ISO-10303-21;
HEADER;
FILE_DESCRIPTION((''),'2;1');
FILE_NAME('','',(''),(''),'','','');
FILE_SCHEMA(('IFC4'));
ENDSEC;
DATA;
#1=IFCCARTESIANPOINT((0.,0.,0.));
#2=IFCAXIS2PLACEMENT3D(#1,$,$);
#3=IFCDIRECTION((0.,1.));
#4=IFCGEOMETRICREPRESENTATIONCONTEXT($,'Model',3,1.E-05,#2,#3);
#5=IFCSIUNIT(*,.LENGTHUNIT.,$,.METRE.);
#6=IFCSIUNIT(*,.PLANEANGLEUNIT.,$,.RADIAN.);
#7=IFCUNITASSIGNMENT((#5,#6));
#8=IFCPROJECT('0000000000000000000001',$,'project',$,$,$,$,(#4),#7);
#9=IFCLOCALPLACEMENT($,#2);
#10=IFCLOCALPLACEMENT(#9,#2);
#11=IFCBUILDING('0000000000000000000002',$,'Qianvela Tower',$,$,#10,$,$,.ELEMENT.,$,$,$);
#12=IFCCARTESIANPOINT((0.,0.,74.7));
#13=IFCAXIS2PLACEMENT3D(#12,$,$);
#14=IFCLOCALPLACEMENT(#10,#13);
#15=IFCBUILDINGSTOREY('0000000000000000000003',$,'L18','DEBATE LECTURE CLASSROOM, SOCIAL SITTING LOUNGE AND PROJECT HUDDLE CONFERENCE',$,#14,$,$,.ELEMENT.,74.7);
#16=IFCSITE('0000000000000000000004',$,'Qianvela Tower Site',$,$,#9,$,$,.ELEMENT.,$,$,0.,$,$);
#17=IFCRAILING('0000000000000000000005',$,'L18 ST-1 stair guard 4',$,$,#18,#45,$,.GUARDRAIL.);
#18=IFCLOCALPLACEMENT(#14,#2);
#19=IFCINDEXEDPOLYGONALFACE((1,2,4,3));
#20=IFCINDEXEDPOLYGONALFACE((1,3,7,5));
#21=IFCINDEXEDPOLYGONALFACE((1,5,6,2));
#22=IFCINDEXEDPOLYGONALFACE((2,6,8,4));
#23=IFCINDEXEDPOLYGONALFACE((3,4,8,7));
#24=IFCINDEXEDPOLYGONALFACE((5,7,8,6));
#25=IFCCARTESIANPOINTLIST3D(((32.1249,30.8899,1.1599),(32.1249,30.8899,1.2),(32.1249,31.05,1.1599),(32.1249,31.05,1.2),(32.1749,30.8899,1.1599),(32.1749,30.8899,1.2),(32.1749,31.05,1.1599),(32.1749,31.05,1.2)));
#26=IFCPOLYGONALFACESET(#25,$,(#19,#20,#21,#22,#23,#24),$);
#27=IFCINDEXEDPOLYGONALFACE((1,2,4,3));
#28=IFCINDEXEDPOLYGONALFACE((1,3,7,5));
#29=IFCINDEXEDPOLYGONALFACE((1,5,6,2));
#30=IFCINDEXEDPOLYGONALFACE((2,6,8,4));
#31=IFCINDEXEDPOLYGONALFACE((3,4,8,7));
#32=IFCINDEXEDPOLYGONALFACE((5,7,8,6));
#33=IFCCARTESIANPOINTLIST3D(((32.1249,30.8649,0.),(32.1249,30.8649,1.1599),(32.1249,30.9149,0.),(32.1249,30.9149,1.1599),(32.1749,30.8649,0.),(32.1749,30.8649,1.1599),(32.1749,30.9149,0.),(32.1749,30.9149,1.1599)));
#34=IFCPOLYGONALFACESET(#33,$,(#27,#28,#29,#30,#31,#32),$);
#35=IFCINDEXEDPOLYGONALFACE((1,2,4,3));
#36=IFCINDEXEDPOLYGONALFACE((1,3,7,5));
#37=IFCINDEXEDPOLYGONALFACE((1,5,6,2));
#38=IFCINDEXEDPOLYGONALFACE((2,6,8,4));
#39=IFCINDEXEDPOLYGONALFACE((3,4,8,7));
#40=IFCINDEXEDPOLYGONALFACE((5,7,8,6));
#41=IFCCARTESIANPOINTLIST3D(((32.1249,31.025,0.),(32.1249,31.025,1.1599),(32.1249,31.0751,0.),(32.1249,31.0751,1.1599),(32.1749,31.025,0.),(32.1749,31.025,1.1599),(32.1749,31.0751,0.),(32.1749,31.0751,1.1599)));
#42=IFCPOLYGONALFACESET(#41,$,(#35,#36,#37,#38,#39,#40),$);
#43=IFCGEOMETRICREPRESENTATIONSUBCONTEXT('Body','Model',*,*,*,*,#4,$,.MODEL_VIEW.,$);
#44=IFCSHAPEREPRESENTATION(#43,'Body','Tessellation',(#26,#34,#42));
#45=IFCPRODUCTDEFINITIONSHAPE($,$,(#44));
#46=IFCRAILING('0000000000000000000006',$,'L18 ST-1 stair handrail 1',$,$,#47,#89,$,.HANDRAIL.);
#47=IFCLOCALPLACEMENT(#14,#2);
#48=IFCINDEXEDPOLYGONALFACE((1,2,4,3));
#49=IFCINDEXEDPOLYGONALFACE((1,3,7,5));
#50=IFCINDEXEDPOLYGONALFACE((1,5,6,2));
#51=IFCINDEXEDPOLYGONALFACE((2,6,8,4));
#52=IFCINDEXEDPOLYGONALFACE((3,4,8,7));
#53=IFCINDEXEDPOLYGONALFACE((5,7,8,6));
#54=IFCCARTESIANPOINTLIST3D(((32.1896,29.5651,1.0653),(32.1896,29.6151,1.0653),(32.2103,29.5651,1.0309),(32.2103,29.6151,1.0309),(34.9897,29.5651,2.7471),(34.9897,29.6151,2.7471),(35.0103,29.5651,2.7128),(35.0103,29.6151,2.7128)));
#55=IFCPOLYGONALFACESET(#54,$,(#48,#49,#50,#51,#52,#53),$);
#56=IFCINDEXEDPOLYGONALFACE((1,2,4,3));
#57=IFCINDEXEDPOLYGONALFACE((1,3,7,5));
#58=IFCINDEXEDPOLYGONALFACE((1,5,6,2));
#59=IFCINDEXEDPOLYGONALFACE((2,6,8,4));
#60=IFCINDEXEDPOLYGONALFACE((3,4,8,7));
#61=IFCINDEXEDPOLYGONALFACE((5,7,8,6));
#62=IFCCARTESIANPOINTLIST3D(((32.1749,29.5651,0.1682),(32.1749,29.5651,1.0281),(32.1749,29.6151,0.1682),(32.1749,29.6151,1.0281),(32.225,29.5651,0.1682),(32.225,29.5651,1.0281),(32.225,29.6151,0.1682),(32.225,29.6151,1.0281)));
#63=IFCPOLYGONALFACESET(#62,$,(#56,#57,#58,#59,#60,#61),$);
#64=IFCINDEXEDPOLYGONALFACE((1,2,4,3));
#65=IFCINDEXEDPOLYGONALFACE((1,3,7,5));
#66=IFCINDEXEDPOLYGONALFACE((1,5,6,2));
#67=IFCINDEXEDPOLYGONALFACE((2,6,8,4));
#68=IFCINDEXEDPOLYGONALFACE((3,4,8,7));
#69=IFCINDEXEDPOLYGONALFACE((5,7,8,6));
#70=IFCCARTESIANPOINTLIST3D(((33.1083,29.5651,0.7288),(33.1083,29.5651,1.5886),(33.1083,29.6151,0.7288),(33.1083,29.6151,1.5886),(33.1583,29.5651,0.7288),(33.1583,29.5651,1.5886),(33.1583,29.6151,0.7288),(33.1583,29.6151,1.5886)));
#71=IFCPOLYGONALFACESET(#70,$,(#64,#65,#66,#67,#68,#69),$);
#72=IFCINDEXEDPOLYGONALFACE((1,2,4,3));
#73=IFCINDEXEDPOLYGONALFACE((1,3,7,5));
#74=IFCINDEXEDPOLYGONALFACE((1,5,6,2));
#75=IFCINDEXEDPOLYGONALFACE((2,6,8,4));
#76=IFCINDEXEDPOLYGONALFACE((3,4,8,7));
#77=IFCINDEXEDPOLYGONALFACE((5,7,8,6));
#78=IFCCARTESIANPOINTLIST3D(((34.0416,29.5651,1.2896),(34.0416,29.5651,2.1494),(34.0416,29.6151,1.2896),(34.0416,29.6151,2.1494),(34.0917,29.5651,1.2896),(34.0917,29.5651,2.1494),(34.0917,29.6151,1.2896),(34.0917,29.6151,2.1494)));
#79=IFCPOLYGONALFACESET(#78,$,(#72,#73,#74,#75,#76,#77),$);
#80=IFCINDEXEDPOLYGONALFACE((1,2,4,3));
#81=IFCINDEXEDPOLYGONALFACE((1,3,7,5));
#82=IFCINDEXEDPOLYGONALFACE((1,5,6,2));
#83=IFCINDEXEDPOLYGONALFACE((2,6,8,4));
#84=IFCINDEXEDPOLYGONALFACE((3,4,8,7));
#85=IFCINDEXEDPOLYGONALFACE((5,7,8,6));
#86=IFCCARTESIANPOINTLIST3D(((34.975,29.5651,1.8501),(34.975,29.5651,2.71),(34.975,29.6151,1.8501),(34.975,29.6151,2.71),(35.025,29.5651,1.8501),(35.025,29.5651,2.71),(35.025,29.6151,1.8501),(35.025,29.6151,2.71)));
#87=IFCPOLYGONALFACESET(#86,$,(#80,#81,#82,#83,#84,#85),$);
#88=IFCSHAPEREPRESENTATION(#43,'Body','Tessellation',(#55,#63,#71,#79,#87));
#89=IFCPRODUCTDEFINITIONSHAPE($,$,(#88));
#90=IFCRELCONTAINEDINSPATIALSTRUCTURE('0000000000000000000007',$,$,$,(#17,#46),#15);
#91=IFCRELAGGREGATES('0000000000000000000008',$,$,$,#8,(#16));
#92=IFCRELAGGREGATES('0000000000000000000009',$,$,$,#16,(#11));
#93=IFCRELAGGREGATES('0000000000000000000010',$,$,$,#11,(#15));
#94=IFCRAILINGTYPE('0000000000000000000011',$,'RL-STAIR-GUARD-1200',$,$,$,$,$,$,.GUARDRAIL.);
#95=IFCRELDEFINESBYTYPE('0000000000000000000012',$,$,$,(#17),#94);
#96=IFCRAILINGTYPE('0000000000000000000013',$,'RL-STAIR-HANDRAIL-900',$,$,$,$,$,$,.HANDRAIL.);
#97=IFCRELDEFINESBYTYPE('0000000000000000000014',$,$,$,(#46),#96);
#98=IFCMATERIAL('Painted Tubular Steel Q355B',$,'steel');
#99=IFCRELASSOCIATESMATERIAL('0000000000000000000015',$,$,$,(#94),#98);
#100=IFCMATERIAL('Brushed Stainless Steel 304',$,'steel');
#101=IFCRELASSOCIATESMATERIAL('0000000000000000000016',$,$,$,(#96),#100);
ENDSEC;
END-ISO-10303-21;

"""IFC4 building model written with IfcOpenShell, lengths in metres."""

from ifc_helpers import new_model, si_unit, direction, frame, origin, origin_2d, place, context, subcontext, project, spatial, rectangle, extrude, material, type_object, element, save


model = new_model("IFC4")

# Units and contexts
model_context = context("Model", 3, precision=1e-05, world=origin(), true_north=direction((0.0, 1.0)))
body_context = subcontext(model_context, "Body", "Model", "MODEL_VIEW")
ifc_project = project(units=[si_unit("LENGTHUNIT", "METRE"), si_unit("PLANEANGLEUNIT", "RADIAN")], contexts=[model_context])

# Site, building, storey
site_placement = place(None, origin())
site = spatial("IfcSite", under=ifc_project, at=site_placement, Name="Qianvela Tower Site", CompositionType="ELEMENT", RefElevation=0.0)
building_placement = place(site_placement, origin())
building = spatial("IfcBuilding", under=site, at=building_placement, Name="Qianvela Tower", CompositionType="ELEMENT")
storey_placement = place(building_placement, frame((0.0, 0.0, 74.7)))
storey = spatial("IfcBuildingStorey", under=building, at=storey_placement, Name="L18", Description="DEBATE LECTURE CLASSROOM, SOCIAL SITTING LOUNGE AND PROJECT HUDDLE CONFERENCE", CompositionType="ELEMENT", Elevation=74.7)

# Railings
ifc_material_1 = material(Name="Painted Tubular Steel Q355B", Category="steel")
railing_type_1 = type_object("IfcRailingType", Name="RL-STAIR-GUARD-1200", PredefinedType="GUARDRAIL", material=ifc_material_1)
railing_1_placement = place(storey_placement, frame((32.1499, 30.8899, 0.0)))
element("IfcRailing", 1, at=railing_1_placement, inside=storey, type_object=railing_type_1, Name="L18 ST-1 stair guard 4", PredefinedType="GUARDRAIL", context=body_context, shape_type="SweptSolid", body=[
    extrude(rectangle(XDim=0.05, YDim=0.04, at=origin_2d()), frame((0.0, 0.0, 1.1799), z_axis=(0.0, 1.0, 0.0), x_axis=(-1.0, 0.0, 0.0)), (0.0, 0.0, 1.0), 0.1602),
    extrude(rectangle(XDim=0.05, YDim=0.05, at=origin_2d()), origin(), (0.0, 0.0, 1.0), 1.1599),
    extrude(rectangle(XDim=0.05, YDim=0.05, at=origin_2d()), frame((0.0, 0.1602, 0.0)), (0.0, 0.0, 1.0), 1.1599),
])
ifc_material_2 = material(Name="Brushed Stainless Steel 304", Category="steel")
railing_type_2 = type_object("IfcRailingType", Name="RL-STAIR-HANDRAIL-900", PredefinedType="HANDRAIL", material=ifc_material_2)
railing_2_placement = place(storey_placement, frame((32.2, 29.5901, 0.1682)))
element("IfcRailing", 2, at=railing_2_placement, inside=storey, type_object=railing_type_2, Name="L18 ST-1 stair handrail 1", PredefinedType="HANDRAIL", context=body_context, shape_type="SweptSolid", body=[
    extrude(rectangle(XDim=0.05, YDim=0.04, at=origin_2d()), frame((0.0, 0.0, 0.8799), z_axis=(0.857242, 0.0, 0.514913), x_axis=(0.0, 1.0, 0.0)), (0.0, 0.0, 1.0), 3.2664),
    extrude(rectangle(XDim=0.05, YDim=0.05, at=origin_2d()), origin(), (0.0, 0.0, 1.0), 0.8599),
    extrude(rectangle(XDim=0.05, YDim=0.05, at=origin_2d()), frame((0.9333, 0.0, 0.5605)), (0.0, 0.0, 1.0), 0.8599),
    extrude(rectangle(XDim=0.05, YDim=0.05, at=origin_2d()), frame((1.8667, 0.0, 1.1213)), (0.0, 0.0, 1.0), 0.8599),
    extrude(rectangle(XDim=0.05, YDim=0.05, at=origin_2d()), frame((2.8, 0.0, 1.6819)), (0.0, 0.0, 1.0), 0.8599),
])

save(model, "model.ifc")
